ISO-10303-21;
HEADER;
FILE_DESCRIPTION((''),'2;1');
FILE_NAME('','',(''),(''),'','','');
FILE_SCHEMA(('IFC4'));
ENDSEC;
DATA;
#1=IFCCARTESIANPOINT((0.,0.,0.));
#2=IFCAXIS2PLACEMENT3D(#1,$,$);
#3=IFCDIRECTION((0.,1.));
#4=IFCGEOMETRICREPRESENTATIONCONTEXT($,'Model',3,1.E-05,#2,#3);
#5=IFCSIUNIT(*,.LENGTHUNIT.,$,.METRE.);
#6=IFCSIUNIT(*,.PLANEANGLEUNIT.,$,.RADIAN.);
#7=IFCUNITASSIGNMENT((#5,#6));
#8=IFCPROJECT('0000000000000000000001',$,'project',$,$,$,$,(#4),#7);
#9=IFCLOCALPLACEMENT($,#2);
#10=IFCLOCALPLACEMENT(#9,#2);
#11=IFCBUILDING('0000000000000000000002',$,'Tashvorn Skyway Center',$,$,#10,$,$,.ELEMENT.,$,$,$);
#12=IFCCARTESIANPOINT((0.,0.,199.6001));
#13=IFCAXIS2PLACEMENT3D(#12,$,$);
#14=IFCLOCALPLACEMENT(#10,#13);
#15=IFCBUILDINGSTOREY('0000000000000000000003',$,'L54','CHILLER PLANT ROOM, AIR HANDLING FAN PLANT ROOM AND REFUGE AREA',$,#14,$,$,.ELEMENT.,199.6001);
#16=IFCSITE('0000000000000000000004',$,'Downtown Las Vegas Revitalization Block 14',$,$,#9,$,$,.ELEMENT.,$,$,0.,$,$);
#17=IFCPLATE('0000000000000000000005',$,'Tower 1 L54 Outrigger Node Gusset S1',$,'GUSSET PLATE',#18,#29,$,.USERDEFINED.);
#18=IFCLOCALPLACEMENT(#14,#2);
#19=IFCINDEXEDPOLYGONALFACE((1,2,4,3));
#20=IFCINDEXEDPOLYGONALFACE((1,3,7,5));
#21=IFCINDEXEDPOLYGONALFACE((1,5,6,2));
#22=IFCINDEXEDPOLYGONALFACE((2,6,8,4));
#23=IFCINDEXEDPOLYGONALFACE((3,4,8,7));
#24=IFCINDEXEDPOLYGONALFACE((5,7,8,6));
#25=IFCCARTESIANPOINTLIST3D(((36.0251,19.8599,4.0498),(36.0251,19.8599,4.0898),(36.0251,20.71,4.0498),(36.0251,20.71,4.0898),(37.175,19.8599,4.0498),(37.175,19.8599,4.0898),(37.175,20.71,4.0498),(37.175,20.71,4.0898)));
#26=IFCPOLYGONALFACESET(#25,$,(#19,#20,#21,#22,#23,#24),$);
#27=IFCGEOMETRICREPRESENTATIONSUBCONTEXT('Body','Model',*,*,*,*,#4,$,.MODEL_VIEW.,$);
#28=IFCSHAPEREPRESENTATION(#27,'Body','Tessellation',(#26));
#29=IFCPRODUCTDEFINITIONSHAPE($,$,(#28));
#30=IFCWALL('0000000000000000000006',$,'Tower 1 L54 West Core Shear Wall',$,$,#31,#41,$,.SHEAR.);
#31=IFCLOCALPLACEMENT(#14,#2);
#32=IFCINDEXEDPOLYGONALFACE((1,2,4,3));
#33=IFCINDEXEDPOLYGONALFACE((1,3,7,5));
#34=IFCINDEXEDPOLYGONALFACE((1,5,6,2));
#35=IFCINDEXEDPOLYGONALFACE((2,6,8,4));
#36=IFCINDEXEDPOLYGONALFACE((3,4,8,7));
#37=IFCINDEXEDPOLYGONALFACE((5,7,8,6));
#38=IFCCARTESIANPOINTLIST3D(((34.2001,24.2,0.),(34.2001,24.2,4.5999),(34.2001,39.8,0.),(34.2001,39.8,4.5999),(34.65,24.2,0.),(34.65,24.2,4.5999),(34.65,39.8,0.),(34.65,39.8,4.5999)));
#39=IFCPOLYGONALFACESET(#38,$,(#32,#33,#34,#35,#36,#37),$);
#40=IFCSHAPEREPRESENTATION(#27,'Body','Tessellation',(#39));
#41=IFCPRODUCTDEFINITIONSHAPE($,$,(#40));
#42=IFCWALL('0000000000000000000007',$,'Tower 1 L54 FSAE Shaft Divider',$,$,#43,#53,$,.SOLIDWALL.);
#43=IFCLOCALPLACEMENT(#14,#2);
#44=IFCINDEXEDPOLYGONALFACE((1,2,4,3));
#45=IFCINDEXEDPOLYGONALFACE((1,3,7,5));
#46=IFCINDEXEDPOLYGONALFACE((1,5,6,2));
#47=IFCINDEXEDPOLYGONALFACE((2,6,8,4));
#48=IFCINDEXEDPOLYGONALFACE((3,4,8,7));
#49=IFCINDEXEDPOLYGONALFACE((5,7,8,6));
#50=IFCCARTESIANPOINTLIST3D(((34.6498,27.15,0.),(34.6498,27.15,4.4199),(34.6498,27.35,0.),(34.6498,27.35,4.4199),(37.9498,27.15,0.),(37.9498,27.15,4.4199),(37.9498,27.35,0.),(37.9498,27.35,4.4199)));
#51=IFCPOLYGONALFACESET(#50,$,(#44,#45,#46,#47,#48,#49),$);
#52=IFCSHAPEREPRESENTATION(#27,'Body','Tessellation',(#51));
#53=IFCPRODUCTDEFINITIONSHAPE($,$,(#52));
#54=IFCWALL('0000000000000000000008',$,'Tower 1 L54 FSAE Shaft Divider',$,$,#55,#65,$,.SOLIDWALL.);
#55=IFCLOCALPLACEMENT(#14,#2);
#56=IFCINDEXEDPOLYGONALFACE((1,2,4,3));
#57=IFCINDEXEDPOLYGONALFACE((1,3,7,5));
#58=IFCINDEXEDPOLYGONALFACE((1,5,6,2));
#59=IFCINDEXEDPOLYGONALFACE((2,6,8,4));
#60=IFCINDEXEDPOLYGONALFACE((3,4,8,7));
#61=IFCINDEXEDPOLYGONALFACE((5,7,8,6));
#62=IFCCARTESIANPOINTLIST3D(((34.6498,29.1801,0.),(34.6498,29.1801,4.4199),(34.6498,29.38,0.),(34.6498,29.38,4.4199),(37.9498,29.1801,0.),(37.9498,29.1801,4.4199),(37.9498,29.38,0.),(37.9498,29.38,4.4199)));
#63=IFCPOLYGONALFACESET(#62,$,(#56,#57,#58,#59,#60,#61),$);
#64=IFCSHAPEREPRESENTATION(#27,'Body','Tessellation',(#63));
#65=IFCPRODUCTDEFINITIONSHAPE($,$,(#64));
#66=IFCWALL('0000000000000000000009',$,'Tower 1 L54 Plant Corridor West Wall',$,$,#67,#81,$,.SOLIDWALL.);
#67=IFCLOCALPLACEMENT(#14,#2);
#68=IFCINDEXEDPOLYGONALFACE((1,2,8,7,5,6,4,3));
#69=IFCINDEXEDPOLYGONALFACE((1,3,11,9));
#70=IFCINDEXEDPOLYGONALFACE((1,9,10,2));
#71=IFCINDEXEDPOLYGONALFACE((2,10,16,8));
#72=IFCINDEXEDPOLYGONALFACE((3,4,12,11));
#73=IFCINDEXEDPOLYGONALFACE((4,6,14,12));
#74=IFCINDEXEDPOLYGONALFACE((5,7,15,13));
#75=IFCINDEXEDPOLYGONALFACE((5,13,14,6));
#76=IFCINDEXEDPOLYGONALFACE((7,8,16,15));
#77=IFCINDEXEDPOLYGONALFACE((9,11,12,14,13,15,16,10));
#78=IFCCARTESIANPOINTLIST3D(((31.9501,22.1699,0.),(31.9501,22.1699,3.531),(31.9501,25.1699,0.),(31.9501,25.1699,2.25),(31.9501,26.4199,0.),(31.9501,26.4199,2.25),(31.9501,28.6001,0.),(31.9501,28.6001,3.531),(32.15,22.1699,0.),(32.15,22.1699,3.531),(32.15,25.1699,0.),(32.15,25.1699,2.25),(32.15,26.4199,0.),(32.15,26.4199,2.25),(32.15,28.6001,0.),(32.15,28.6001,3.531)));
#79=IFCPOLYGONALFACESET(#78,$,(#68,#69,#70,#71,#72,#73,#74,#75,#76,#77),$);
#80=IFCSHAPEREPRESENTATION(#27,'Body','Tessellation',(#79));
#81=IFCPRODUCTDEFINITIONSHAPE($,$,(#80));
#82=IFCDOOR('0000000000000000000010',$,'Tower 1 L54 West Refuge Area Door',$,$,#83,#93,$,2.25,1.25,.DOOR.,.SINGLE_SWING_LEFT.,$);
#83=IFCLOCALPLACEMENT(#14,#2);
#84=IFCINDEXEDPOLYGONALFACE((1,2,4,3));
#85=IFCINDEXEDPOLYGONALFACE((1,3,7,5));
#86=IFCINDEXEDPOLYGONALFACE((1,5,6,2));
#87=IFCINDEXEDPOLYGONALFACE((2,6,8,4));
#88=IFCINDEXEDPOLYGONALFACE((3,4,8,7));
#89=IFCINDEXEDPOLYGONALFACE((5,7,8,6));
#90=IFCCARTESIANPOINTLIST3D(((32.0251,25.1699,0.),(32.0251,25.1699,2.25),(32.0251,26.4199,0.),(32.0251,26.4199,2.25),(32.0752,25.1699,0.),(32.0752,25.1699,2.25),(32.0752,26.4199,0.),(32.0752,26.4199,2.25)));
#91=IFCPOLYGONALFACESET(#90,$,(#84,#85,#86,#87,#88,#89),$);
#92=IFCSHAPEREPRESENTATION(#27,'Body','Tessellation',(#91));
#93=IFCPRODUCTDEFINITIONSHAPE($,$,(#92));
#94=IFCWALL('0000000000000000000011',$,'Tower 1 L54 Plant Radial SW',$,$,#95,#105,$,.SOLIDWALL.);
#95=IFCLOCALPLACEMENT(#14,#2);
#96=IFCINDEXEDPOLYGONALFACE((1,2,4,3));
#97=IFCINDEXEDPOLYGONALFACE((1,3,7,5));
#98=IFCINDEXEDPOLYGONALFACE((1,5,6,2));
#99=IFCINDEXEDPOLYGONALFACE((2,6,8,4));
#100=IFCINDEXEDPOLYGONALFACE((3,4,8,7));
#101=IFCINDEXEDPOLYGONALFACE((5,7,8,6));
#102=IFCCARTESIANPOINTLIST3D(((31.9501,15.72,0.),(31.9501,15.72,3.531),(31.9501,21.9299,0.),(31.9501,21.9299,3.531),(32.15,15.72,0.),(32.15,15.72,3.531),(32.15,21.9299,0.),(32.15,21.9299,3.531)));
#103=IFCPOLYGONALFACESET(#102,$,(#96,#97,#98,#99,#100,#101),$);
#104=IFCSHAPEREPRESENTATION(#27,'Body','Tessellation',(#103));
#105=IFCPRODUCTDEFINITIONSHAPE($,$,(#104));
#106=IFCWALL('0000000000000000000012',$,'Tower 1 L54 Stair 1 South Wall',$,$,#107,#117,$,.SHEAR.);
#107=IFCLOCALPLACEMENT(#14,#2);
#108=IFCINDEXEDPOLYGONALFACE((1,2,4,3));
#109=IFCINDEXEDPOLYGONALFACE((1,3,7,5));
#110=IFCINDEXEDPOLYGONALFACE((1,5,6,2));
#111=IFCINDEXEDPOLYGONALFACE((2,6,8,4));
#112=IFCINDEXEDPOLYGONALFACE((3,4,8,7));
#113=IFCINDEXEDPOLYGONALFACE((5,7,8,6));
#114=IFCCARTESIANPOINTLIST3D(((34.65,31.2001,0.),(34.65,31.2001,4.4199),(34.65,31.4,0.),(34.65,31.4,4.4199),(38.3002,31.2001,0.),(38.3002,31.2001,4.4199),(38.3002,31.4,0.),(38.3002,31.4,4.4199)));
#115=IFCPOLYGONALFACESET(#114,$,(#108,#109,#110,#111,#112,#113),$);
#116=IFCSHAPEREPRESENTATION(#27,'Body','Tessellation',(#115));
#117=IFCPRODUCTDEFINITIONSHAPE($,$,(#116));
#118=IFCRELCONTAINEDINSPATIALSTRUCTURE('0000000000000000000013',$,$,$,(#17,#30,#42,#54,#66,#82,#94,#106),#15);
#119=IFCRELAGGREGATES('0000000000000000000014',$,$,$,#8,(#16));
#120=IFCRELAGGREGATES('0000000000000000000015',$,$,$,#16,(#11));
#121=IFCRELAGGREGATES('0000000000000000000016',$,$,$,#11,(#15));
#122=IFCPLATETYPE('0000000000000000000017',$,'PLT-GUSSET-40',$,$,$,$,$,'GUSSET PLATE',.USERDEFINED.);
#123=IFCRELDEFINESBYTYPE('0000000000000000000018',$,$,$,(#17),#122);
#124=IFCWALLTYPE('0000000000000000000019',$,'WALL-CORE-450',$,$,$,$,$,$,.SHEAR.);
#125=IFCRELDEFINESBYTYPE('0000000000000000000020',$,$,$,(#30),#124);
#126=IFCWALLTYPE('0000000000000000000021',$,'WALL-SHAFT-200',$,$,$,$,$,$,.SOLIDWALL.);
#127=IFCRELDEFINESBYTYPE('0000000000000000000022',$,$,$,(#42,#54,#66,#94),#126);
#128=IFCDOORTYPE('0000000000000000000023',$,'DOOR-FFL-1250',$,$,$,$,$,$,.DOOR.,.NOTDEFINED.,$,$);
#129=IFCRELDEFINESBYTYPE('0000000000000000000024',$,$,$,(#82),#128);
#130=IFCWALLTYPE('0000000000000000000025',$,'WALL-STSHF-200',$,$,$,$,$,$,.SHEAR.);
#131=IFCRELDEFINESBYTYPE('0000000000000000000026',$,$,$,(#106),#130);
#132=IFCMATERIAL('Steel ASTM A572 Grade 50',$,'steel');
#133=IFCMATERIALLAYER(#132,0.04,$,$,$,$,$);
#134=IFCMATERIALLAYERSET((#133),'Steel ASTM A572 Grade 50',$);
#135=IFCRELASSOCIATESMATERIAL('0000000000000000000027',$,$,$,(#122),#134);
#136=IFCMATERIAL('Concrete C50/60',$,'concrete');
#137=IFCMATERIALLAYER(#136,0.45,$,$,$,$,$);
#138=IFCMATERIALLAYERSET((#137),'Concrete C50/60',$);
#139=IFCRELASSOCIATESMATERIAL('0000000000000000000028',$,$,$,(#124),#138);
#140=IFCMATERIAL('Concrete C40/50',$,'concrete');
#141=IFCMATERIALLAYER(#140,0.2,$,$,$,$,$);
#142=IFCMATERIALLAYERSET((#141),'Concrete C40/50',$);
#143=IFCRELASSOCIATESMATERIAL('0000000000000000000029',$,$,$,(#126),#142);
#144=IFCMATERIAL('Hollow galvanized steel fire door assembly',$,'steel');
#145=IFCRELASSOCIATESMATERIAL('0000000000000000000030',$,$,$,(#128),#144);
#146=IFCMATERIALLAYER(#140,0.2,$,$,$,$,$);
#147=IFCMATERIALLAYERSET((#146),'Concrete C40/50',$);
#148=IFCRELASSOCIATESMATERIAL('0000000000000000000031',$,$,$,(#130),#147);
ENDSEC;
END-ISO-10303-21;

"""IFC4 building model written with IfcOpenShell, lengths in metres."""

from ifc_helpers import new_model, si_unit, direction, frame, frame_2d, origin, origin_2d, place, context, subcontext, project, spatial, rectangle, extrude, material, layer, layer_set, type_object, element, fill, save


model = new_model("IFC4")

# Units and contexts
model_context = context("Model", 3, precision=1e-05, world=origin(), true_north=direction((0.0, 1.0)))
body_context = subcontext(model_context, "Body", "Model", "MODEL_VIEW")
ifc_project = project(units=[si_unit("LENGTHUNIT", "METRE"), si_unit("PLANEANGLEUNIT", "RADIAN")], contexts=[model_context])

# Site, building, storey
site_placement = place(None, origin())
site = spatial("IfcSite", under=ifc_project, at=site_placement, Name="Downtown Las Vegas Revitalization Block 14", CompositionType="ELEMENT", RefElevation=0.0)
building_placement = place(site_placement, origin())
building = spatial("IfcBuilding", under=site, at=building_placement, Name="Tashvorn Skyway Center", CompositionType="ELEMENT")
storey_placement = place(building_placement, frame((0.0, 0.0, 199.6001)))
storey = spatial("IfcBuildingStorey", under=building, at=storey_placement, Name="L54", Description="CHILLER PLANT ROOM, AIR HANDLING FAN PLANT ROOM AND REFUGE AREA", CompositionType="ELEMENT", Elevation=199.6001)

# Shared definitions
ifc_material_1 = material(Name="Steel ASTM A572 Grade 50", Category="steel")

# Plate
ifc_layer_1 = layer(ifc_material_1, 0.04)
ifc_layer_set_1 = layer_set([ifc_layer_1], Name="Steel ASTM A572 Grade 50")
plate_type_1 = type_object("IfcPlateType", Name="PLT-GUSSET-40", ElementType="GUSSET PLATE", PredefinedType="USERDEFINED", material=ifc_layer_set_1)
plate_1_placement = place(storey_placement, frame((36.6001, 20.2849, 4.0498), z_axis=(0.0, 0.0, 1.0), x_axis=(1.0, 0.0, 0.0)))
element("IfcPlate", 1, at=plate_1_placement, inside=storey, type_object=plate_type_1, Name="Tower 1 L54 Outrigger Node Gusset S1", ObjectType="GUSSET PLATE", PredefinedType="USERDEFINED", context=body_context, shape_type="SweptSolid", body=[
    extrude(rectangle(XDim=1.1499, YDim=0.8501, at=origin_2d()), origin(), (0.0, 0.0, 1.0), 0.04),
])

# Walls
ifc_material_2 = material(Name="Concrete C50/60", Category="concrete")
ifc_layer_2 = layer(ifc_material_2, 0.45)
ifc_layer_set_2 = layer_set([ifc_layer_2], Name="Concrete C50/60")
wall_type_1 = type_object("IfcWallType", Name="WALL-CORE-450", PredefinedType="SHEAR", material=ifc_layer_set_2)
wall_1_placement = place(storey_placement, frame((34.425, 24.2, 0.0), z_axis=(0.0, 0.0, 1.0), x_axis=(0.0, 1.0, 0.0)))
element("IfcWall", 2, at=wall_1_placement, inside=storey, type_object=wall_type_1, Name="Tower 1 L54 West Core Shear Wall", PredefinedType="SHEAR", context=body_context, shape_type="SweptSolid", body=[
    extrude(rectangle(XDim=15.6001, YDim=0.45, at=frame_2d((7.8, 0.0))), origin(), (0.0, 0.0, 1.0), 4.5999),
])
ifc_material_3 = material(Name="Concrete C40/50", Category="concrete")
ifc_layer_3 = layer(ifc_material_3, 0.2)
ifc_layer_set_3 = layer_set([ifc_layer_3], Name="Concrete C40/50")
wall_type_2 = type_object("IfcWallType", Name="WALL-SHAFT-200", PredefinedType="SOLIDWALL", material=ifc_layer_set_3)
for number, where, z_axis, x_axis, name in (
    (3, (34.6499, 27.25, 0.0), (0.0, 0.0, 1.0), (1.0, 0.0, 0.0), "Tower 1 L54 FSAE Shaft Divider"),
    (4, (34.6499, 29.28, 0.0), (0.0, 0.0, 1.0), (1.0, 0.0, 0.0), "Tower 1 L54 FSAE Shaft Divider"),
):
    element("IfcWall", number, at=place(storey_placement, frame(where, z_axis=z_axis, x_axis=x_axis)), inside=storey, type_object=wall_type_2, Name=name, PredefinedType="SOLIDWALL", context=body_context, shape_type="SweptSolid", body=[
        extrude(rectangle(XDim=3.3, YDim=0.2, at=frame_2d((1.6499, 0.0))), origin(), (0.0, 0.0, 1.0), 4.4199),
    ])

# Wall, opening, door
wall_2_placement = place(storey_placement, frame((32.05, 22.1699, 0.0), z_axis=(0.0, 0.0, 1.0), x_axis=(0.0, 1.0, 0.0)))
wall_2 = element("IfcWall", 5, at=wall_2_placement, inside=storey, type_object=wall_type_2, Name="Tower 1 L54 Plant Corridor West Wall", PredefinedType="SOLIDWALL", context=body_context, shape_type="SweptSolid", body=[
    extrude(rectangle(XDim=6.4302, YDim=0.2, at=frame_2d((3.2151, 0.0))), origin(), (0.0, 0.0, 1.0), 3.531),
])
opening_1_placement = place(wall_2_placement, frame((3.0, 0.0, 0.0)))
opening_1 = element("IfcOpeningElement", 6, at=opening_1_placement, cuts=wall_2, PredefinedType="OPENING", context=body_context, shape_type="SweptSolid", body=[
    extrude(rectangle(XDim=1.25, YDim=2.25, at=frame_2d((0.625, 1.125))), frame((0.0, 0.1099, 0.0), z_axis=(0.0, -1.0, 0.0), x_axis=(1.0, 0.0, 0.0)), (0.0, 0.0, 1.0), 0.22),
])
ifc_material_4 = material(Name="Hollow galvanized steel fire door assembly", Category="steel")
door_type_1 = type_object("IfcDoorType", Name="DOOR-FFL-1250", OperationType="NOTDEFINED", PredefinedType="DOOR", material=ifc_material_4)
door_1_placement = place(opening_1_placement, origin())
door_1 = element("IfcDoor", 7, at=door_1_placement, inside=storey, type_object=door_type_1, Name="Tower 1 L54 West Refuge Area Door", OperationType="SINGLE_SWING_LEFT", OverallHeight=2.25, OverallWidth=1.25, PredefinedType="DOOR", context=body_context, shape_type="SweptSolid", body=[
    extrude(rectangle(XDim=1.25, YDim=2.25, at=frame_2d((0.625, 1.125))), frame((0.0, 0.0249, 0.0), z_axis=(0.0, -1.0, 0.0), x_axis=(1.0, 0.0, 0.0)), (0.0, 0.0, 1.0), 0.05),
])
fill(opening_1, door_1)

# Walls
wall_3_placement = place(storey_placement, frame((32.05, 21.9299, 0.0), z_axis=(0.0, 0.0, 1.0), x_axis=(0.0, -1.0, 0.0)))
element("IfcWall", 8, at=wall_3_placement, inside=storey, type_object=wall_type_2, Name="Tower 1 L54 Plant Radial SW", PredefinedType="SOLIDWALL", context=body_context, shape_type="SweptSolid", body=[
    extrude(rectangle(XDim=6.21, YDim=0.2, at=frame_2d((3.105, 0.0))), origin(), (0.0, 0.0, 1.0), 3.531),
])
ifc_layer_4 = layer(ifc_material_3, 0.2)
ifc_layer_set_4 = layer_set([ifc_layer_4], Name="Concrete C40/50")
wall_type_3 = type_object("IfcWallType", Name="WALL-STSHF-200", PredefinedType="SHEAR", material=ifc_layer_set_4)
wall_4_placement = place(storey_placement, frame((34.6499, 31.3, 0.0), z_axis=(0.0, 0.0, 1.0), x_axis=(1.0, 0.0, 0.0)))
element("IfcWall", 9, at=wall_4_placement, inside=storey, type_object=wall_type_3, Name="Tower 1 L54 Stair 1 South Wall", PredefinedType="SHEAR", context=body_context, shape_type="SweptSolid", body=[
    extrude(rectangle(XDim=3.6501, YDim=0.2, at=frame_2d((1.8252, 0.0))), origin(), (0.0, 0.0, 1.0), 4.4199),
])

save(model, "model.ifc")
